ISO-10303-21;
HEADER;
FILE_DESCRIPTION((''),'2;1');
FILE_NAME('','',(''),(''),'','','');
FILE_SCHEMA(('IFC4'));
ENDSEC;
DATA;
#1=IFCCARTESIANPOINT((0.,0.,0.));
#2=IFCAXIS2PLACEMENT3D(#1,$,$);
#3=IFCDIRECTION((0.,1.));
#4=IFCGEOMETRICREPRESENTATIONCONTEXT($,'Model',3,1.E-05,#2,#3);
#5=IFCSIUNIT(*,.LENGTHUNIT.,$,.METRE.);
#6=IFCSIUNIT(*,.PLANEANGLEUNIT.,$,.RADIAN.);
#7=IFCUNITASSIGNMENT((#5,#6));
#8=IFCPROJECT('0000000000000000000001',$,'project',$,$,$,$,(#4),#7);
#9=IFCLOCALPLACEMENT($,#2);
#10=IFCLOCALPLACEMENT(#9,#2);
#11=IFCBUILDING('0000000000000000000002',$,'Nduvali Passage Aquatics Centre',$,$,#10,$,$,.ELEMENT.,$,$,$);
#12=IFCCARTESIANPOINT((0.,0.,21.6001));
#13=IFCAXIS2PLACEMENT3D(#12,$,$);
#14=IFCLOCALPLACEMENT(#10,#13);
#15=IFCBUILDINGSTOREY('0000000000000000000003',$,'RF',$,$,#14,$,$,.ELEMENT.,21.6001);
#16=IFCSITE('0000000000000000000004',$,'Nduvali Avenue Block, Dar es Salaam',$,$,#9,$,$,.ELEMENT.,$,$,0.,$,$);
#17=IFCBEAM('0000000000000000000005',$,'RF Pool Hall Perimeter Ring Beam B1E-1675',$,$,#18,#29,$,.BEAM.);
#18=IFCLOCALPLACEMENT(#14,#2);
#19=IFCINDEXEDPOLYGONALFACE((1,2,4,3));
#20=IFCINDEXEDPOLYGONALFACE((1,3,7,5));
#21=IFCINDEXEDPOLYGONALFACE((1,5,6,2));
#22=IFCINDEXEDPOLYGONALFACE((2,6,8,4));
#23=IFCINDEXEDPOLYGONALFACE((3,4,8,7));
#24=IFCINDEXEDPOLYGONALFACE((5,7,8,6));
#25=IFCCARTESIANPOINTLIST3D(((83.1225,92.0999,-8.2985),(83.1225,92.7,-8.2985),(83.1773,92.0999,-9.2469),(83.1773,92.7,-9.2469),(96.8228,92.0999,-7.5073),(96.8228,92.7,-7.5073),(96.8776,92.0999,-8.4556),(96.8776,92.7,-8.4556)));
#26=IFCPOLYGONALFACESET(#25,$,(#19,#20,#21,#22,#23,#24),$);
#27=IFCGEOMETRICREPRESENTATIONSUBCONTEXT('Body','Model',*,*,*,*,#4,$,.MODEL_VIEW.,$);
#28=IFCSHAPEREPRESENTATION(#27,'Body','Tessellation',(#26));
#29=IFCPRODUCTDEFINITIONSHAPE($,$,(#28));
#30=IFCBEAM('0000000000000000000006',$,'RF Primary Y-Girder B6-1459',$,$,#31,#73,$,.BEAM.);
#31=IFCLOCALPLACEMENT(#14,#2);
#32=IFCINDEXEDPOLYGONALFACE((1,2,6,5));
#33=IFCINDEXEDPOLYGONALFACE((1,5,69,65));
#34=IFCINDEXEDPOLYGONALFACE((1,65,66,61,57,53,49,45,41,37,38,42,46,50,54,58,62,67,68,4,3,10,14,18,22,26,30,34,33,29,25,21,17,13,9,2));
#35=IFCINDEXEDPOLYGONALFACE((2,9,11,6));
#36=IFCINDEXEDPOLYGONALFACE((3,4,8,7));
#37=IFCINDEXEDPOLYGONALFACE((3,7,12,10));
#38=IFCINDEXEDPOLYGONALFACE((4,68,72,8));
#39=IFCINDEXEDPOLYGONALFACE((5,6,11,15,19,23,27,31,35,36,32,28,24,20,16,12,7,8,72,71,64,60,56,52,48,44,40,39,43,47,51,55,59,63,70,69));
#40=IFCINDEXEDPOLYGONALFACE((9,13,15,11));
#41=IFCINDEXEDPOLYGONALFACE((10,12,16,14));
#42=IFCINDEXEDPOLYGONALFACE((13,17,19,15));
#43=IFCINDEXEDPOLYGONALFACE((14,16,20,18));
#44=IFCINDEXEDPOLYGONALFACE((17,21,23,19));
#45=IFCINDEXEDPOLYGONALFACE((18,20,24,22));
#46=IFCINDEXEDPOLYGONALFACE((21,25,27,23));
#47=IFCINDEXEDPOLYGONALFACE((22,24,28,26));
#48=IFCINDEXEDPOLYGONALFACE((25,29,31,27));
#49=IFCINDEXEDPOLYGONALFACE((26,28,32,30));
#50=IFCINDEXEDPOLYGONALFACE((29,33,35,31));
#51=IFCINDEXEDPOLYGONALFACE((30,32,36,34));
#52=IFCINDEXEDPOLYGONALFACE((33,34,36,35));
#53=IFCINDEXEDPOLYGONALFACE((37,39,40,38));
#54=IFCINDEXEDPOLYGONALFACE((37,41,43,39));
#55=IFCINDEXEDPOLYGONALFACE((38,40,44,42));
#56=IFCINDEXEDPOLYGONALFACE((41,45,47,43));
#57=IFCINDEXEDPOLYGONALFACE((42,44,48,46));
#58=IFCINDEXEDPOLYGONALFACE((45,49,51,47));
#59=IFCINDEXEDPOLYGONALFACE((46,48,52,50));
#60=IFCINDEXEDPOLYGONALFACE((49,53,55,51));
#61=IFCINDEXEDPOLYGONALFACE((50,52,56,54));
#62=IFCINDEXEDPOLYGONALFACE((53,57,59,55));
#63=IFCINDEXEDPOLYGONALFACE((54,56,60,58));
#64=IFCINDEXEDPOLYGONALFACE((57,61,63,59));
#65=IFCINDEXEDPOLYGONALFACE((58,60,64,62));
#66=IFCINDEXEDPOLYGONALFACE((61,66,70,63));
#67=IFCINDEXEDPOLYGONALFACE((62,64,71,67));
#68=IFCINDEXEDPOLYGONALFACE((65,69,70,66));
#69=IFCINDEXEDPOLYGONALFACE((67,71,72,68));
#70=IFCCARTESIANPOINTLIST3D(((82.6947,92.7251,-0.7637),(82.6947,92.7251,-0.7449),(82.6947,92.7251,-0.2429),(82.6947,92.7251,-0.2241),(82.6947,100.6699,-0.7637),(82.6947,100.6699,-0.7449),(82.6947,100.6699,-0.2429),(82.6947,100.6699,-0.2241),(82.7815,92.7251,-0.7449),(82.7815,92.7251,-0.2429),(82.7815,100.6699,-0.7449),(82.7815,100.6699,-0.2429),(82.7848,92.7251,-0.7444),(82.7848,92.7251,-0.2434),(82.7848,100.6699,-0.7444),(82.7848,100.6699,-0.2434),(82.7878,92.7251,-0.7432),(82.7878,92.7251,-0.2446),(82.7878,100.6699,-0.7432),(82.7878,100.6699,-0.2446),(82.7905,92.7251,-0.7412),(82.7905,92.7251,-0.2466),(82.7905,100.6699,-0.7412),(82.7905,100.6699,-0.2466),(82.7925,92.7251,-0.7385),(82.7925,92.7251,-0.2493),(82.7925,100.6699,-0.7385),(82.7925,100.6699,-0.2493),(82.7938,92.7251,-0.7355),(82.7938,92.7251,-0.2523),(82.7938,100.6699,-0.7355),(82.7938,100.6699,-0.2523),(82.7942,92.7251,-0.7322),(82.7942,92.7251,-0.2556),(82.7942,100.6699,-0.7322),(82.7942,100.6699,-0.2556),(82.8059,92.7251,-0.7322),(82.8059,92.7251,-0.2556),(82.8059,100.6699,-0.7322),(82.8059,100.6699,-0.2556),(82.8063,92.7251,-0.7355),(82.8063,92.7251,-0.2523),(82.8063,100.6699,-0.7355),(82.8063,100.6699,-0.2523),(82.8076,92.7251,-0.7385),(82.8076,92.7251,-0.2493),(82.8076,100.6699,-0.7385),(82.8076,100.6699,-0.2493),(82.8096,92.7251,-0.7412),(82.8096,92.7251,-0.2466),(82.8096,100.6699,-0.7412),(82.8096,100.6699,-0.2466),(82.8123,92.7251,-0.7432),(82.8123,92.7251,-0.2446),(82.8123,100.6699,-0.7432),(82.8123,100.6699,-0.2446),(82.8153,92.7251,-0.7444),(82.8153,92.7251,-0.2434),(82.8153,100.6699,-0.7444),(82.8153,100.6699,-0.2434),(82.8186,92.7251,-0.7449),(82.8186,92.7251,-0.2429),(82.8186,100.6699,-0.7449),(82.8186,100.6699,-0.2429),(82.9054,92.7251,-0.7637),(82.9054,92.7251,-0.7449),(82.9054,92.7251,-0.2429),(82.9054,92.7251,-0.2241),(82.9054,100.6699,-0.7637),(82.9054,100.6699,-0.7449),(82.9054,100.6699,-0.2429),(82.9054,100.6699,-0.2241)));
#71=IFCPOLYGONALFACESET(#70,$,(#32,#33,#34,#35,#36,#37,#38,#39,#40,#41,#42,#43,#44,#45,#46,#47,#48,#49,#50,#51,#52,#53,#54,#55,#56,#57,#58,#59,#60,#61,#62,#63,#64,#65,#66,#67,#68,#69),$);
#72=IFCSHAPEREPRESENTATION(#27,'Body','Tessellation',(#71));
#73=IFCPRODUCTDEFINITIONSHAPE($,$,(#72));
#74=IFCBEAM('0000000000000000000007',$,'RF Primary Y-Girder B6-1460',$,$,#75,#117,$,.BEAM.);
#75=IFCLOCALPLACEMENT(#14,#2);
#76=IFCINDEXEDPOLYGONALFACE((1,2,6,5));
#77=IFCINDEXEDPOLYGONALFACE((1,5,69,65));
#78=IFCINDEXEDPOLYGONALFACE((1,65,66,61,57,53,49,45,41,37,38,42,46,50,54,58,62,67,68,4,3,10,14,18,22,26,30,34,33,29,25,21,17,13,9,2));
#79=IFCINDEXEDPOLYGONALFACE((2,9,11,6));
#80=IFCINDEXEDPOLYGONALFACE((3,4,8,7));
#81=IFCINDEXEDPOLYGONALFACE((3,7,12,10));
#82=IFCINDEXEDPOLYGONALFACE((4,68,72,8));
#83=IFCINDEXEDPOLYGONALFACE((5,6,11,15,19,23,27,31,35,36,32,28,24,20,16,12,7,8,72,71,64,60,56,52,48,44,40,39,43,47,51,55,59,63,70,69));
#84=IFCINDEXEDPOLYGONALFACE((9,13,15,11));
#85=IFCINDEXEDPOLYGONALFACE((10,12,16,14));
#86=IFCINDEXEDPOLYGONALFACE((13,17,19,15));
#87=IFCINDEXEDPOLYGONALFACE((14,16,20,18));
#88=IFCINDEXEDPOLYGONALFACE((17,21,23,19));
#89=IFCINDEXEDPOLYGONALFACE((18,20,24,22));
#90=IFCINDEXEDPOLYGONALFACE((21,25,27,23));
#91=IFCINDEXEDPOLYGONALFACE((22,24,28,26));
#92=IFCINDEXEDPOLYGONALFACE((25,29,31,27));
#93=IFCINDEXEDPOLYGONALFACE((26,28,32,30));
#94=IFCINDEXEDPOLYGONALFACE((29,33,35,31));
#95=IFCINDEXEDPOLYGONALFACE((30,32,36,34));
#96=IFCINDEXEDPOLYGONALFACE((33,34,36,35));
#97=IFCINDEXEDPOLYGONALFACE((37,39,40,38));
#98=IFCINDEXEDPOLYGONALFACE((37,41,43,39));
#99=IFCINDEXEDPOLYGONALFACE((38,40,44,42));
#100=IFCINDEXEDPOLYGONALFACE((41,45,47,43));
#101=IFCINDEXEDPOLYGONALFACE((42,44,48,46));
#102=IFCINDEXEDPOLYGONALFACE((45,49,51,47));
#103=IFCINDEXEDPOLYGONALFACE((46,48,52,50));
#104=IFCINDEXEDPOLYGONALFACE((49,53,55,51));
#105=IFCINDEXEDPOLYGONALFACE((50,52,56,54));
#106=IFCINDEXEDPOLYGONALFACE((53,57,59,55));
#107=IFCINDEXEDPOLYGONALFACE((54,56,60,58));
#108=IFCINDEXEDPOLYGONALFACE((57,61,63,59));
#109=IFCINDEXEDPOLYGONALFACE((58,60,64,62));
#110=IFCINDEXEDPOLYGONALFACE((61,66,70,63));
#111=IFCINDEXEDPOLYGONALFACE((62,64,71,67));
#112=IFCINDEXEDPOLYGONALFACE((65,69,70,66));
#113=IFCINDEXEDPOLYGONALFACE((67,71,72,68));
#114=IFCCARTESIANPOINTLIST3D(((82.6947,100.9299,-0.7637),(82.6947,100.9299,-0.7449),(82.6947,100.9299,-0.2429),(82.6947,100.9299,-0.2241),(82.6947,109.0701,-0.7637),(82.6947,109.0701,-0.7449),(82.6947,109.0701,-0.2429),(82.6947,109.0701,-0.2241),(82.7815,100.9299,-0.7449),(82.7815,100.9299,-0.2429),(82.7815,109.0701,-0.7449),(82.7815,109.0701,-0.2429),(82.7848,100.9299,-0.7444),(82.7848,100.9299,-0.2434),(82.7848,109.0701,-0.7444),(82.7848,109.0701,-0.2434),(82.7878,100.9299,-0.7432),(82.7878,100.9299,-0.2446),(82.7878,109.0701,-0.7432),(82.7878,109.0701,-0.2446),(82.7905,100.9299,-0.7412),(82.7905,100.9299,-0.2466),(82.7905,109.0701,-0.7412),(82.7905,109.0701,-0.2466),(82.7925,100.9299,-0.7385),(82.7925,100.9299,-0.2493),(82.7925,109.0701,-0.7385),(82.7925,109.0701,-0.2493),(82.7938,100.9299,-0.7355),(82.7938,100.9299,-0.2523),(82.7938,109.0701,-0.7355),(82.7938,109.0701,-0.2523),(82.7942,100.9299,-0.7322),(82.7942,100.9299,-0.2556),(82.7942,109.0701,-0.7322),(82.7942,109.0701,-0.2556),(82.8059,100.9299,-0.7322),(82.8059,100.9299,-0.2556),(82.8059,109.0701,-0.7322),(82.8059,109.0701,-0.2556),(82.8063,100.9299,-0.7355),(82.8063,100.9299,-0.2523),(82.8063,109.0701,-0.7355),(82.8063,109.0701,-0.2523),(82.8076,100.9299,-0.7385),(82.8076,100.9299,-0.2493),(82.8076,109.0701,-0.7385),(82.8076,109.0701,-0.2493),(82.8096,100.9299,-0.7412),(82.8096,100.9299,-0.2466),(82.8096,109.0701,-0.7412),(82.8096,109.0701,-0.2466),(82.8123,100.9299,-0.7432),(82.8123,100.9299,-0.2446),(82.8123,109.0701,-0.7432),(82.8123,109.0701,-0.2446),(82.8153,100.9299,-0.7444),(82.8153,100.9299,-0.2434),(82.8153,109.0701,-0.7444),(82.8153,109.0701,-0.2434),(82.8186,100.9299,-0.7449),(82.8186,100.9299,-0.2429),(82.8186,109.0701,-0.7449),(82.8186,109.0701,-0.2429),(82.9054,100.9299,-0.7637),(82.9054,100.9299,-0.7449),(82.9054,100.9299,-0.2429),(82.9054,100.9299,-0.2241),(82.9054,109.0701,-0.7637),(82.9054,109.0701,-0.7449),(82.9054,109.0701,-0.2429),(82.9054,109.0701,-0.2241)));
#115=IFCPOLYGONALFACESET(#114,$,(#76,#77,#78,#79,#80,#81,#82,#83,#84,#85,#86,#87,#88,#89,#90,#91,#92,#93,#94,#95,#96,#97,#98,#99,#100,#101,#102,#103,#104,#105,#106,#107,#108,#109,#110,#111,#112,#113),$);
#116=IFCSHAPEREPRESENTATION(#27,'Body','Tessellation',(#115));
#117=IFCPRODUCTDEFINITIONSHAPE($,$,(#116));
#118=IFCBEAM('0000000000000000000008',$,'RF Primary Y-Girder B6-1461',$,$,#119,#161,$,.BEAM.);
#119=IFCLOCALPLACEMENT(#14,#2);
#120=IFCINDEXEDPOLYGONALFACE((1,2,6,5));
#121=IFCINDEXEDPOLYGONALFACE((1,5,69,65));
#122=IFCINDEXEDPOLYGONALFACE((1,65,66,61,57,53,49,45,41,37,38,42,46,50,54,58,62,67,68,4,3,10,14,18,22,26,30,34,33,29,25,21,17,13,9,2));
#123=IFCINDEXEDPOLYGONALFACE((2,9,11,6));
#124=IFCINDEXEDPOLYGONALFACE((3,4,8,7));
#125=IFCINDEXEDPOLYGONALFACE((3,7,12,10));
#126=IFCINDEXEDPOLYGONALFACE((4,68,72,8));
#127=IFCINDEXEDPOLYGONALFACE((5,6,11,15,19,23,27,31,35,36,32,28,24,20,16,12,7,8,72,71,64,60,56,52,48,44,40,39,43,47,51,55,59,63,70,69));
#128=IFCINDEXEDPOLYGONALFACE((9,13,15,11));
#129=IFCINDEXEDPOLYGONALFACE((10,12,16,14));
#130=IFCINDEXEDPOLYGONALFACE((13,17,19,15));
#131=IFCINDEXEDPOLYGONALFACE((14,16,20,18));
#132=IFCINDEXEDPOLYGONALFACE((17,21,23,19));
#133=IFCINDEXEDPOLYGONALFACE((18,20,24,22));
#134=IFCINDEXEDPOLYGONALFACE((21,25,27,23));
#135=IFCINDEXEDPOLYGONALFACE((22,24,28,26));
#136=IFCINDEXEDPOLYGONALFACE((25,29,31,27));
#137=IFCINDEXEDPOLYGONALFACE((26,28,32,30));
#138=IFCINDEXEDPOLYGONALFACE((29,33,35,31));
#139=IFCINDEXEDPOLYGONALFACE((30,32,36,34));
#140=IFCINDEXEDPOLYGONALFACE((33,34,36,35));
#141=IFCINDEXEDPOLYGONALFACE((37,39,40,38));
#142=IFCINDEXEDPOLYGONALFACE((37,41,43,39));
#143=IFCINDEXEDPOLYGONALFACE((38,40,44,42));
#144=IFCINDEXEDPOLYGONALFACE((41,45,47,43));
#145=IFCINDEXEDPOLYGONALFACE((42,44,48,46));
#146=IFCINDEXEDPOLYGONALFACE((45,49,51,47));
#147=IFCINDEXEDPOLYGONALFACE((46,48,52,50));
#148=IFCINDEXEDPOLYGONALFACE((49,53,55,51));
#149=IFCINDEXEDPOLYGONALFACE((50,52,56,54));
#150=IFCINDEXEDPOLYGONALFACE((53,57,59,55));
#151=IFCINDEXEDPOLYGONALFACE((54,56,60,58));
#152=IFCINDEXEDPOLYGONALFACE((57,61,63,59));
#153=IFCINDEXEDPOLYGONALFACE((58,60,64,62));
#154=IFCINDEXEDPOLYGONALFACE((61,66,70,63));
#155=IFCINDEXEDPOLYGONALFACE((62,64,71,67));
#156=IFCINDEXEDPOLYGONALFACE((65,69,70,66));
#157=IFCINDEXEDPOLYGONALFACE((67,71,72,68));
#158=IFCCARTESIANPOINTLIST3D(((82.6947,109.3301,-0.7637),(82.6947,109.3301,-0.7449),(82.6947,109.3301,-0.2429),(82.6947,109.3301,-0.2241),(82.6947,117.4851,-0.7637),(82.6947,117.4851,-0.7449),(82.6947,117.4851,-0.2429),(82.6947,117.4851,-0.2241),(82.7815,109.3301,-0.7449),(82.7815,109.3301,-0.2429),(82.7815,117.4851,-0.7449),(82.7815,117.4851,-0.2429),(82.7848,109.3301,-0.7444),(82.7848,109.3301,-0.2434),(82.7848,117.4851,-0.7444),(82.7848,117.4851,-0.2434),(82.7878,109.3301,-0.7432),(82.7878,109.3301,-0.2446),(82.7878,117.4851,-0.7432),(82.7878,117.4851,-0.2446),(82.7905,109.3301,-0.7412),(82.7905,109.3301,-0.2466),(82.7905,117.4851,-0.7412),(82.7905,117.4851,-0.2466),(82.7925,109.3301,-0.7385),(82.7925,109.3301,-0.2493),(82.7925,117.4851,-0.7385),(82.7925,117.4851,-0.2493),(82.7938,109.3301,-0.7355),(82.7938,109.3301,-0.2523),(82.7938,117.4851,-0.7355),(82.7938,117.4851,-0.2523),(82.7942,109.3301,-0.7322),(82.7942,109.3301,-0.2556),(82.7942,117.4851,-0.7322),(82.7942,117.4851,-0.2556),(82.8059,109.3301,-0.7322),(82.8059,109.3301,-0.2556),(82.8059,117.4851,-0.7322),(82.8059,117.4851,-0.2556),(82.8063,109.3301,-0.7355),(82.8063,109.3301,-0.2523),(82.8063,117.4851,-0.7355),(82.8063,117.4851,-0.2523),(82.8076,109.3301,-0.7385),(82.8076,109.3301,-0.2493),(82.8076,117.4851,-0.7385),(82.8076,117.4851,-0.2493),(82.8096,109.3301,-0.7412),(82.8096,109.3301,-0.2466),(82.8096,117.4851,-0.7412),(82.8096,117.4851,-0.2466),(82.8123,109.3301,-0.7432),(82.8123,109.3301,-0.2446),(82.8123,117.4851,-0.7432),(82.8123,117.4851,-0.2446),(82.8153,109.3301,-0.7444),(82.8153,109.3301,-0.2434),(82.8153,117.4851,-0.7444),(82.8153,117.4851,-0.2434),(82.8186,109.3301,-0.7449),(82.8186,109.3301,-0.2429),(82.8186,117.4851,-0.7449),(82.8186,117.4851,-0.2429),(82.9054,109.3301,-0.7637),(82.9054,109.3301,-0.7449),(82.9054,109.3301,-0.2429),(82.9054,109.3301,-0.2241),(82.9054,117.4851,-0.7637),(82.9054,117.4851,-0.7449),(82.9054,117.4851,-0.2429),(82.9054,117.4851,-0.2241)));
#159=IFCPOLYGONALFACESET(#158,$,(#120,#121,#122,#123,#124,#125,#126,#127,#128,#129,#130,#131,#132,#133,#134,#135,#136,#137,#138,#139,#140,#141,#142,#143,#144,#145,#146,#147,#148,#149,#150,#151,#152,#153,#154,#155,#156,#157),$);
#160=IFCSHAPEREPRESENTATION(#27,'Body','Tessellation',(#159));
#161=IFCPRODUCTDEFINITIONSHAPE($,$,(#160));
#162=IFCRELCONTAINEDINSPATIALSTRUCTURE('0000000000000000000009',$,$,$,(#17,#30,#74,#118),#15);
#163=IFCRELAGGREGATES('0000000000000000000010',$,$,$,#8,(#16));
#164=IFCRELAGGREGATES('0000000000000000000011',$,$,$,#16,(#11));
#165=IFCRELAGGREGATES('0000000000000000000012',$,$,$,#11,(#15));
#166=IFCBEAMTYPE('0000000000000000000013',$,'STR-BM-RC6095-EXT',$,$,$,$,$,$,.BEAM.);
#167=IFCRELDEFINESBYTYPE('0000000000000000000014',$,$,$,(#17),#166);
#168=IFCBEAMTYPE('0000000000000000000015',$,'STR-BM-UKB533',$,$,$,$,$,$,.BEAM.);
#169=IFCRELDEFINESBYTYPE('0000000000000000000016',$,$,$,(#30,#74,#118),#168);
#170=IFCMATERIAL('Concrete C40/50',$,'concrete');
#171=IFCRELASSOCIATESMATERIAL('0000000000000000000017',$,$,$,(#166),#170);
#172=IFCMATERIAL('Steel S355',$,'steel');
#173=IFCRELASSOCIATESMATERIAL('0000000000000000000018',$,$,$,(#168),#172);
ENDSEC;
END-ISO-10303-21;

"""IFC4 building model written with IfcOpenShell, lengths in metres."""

from ifc_helpers import new_model, si_unit, direction, frame, origin, origin_2d, place, context, subcontext, project, spatial, rectangle, i_section, extrude, material, material_profile, profile_set, type_object, element, save


model = new_model("IFC4")

# Units and contexts
model_context = context("Model", 3, precision=1e-05, world=origin(), true_north=direction((0.0, 1.0)))
body_context = subcontext(model_context, "Body", "Model", "MODEL_VIEW")
ifc_project = project(units=[si_unit("LENGTHUNIT", "METRE"), si_unit("PLANEANGLEUNIT", "RADIAN")], contexts=[model_context])

# Site, building, storey
site_placement = place(None, origin())
site = spatial("IfcSite", under=ifc_project, at=site_placement, Name="Nduvali Avenue Block, Dar es Salaam", CompositionType="ELEMENT", RefElevation=0.0)
building_placement = place(site_placement, origin())
building = spatial("IfcBuilding", under=site, at=building_placement, Name="Nduvali Passage Aquatics Centre", CompositionType="ELEMENT")
storey_placement = place(building_placement, frame((0.0, 0.0, 21.6001)))
storey = spatial("IfcBuildingStorey", under=building, at=storey_placement, Name="RF", CompositionType="ELEMENT", Elevation=21.6001)

# Beams
ifc_material_1 = material(Name="Concrete C40/50", Category="concrete")
ifc_material_profile_1 = material_profile(ifc_material_1, rectangle(XDim=0.6001, YDim=0.95, at=origin_2d()), Name="RC 600x950")
ifc_profile_set_1 = profile_set([ifc_material_profile_1], Name="Concrete C40/50")
beam_type_1 = type_object("IfcBeamType", Name="STR-BM-RC6095-EXT", PredefinedType="BEAM", material=ifc_profile_set_1)
beam_1_placement = place(storey_placement, frame((83.1499, 92.3999, -8.7727), z_axis=(0.998336, 0.0, 0.057659), x_axis=(0.0, 1.0, 0.0)))
element("IfcBeam", 1, at=beam_1_placement, inside=storey, type_object=beam_type_1, Name="RF Pool Hall Perimeter Ring Beam B1E-1675", PredefinedType="BEAM", context=body_context, shape_type="SweptSolid", body=[
    extrude(rectangle(XDim=0.6001, YDim=0.95, at=origin_2d()), origin(), (0.0, 0.0, 1.0), 13.7231),
])
ifc_material_2 = material(Name="Steel S355", Category="steel")
ifc_material_profile_2 = material_profile(ifc_material_2, i_section(OverallWidth=0.2107, OverallDepth=0.5396, WebThickness=0.0117, FlangeThickness=0.0188, FilletRadius=0.0127, at=origin_2d()), Name="UKB 533x210x109")
ifc_profile_set_2 = profile_set([ifc_material_profile_2], Name="Steel S355")
beam_type_2 = type_object("IfcBeamType", Name="STR-BM-UKB533", PredefinedType="BEAM", material=ifc_profile_set_2)
beam_2_placement = place(storey_placement, frame((82.8, 92.7251, -0.4939), z_axis=(0.0, 1.0, 0.0), x_axis=(-1.0, 0.0, 0.0)))
element("IfcBeam", 2, at=beam_2_placement, inside=storey, type_object=beam_type_2, Name="RF Primary Y-Girder B6-1459", PredefinedType="BEAM", context=body_context, shape_type="SweptSolid", body=[
    extrude(i_section(OverallWidth=0.2107, OverallDepth=0.5396, WebThickness=0.0117, FlangeThickness=0.0188, FilletRadius=0.0127, at=origin_2d()), origin(), (0.0, 0.0, 1.0), 7.9448),
])
beam_3_placement = place(storey_placement, frame((82.8, 100.9299, -0.4939), z_axis=(0.0, 1.0, 0.0), x_axis=(-1.0, 0.0, 0.0)))
element("IfcBeam", 3, at=beam_3_placement, inside=storey, type_object=beam_type_2, Name="RF Primary Y-Girder B6-1460", PredefinedType="BEAM", context=body_context, shape_type="SweptSolid", body=[
    extrude(i_section(OverallWidth=0.2107, OverallDepth=0.5396, WebThickness=0.0117, FlangeThickness=0.0188, FilletRadius=0.0127, at=origin_2d()), origin(), (0.0, 0.0, 1.0), 8.1401),
])
beam_4_placement = place(storey_placement, frame((82.8, 109.3301, -0.4939), z_axis=(0.0, 1.0, 0.0), x_axis=(-1.0, 0.0, 0.0)))
element("IfcBeam", 4, at=beam_4_placement, inside=storey, type_object=beam_type_2, Name="RF Primary Y-Girder B6-1461", PredefinedType="BEAM", context=body_context, shape_type="SweptSolid", body=[
    extrude(i_section(OverallWidth=0.2107, OverallDepth=0.5396, WebThickness=0.0117, FlangeThickness=0.0188, FilletRadius=0.0127, at=origin_2d()), origin(), (0.0, 0.0, 1.0), 8.155),
])

save(model, "model.ifc")
